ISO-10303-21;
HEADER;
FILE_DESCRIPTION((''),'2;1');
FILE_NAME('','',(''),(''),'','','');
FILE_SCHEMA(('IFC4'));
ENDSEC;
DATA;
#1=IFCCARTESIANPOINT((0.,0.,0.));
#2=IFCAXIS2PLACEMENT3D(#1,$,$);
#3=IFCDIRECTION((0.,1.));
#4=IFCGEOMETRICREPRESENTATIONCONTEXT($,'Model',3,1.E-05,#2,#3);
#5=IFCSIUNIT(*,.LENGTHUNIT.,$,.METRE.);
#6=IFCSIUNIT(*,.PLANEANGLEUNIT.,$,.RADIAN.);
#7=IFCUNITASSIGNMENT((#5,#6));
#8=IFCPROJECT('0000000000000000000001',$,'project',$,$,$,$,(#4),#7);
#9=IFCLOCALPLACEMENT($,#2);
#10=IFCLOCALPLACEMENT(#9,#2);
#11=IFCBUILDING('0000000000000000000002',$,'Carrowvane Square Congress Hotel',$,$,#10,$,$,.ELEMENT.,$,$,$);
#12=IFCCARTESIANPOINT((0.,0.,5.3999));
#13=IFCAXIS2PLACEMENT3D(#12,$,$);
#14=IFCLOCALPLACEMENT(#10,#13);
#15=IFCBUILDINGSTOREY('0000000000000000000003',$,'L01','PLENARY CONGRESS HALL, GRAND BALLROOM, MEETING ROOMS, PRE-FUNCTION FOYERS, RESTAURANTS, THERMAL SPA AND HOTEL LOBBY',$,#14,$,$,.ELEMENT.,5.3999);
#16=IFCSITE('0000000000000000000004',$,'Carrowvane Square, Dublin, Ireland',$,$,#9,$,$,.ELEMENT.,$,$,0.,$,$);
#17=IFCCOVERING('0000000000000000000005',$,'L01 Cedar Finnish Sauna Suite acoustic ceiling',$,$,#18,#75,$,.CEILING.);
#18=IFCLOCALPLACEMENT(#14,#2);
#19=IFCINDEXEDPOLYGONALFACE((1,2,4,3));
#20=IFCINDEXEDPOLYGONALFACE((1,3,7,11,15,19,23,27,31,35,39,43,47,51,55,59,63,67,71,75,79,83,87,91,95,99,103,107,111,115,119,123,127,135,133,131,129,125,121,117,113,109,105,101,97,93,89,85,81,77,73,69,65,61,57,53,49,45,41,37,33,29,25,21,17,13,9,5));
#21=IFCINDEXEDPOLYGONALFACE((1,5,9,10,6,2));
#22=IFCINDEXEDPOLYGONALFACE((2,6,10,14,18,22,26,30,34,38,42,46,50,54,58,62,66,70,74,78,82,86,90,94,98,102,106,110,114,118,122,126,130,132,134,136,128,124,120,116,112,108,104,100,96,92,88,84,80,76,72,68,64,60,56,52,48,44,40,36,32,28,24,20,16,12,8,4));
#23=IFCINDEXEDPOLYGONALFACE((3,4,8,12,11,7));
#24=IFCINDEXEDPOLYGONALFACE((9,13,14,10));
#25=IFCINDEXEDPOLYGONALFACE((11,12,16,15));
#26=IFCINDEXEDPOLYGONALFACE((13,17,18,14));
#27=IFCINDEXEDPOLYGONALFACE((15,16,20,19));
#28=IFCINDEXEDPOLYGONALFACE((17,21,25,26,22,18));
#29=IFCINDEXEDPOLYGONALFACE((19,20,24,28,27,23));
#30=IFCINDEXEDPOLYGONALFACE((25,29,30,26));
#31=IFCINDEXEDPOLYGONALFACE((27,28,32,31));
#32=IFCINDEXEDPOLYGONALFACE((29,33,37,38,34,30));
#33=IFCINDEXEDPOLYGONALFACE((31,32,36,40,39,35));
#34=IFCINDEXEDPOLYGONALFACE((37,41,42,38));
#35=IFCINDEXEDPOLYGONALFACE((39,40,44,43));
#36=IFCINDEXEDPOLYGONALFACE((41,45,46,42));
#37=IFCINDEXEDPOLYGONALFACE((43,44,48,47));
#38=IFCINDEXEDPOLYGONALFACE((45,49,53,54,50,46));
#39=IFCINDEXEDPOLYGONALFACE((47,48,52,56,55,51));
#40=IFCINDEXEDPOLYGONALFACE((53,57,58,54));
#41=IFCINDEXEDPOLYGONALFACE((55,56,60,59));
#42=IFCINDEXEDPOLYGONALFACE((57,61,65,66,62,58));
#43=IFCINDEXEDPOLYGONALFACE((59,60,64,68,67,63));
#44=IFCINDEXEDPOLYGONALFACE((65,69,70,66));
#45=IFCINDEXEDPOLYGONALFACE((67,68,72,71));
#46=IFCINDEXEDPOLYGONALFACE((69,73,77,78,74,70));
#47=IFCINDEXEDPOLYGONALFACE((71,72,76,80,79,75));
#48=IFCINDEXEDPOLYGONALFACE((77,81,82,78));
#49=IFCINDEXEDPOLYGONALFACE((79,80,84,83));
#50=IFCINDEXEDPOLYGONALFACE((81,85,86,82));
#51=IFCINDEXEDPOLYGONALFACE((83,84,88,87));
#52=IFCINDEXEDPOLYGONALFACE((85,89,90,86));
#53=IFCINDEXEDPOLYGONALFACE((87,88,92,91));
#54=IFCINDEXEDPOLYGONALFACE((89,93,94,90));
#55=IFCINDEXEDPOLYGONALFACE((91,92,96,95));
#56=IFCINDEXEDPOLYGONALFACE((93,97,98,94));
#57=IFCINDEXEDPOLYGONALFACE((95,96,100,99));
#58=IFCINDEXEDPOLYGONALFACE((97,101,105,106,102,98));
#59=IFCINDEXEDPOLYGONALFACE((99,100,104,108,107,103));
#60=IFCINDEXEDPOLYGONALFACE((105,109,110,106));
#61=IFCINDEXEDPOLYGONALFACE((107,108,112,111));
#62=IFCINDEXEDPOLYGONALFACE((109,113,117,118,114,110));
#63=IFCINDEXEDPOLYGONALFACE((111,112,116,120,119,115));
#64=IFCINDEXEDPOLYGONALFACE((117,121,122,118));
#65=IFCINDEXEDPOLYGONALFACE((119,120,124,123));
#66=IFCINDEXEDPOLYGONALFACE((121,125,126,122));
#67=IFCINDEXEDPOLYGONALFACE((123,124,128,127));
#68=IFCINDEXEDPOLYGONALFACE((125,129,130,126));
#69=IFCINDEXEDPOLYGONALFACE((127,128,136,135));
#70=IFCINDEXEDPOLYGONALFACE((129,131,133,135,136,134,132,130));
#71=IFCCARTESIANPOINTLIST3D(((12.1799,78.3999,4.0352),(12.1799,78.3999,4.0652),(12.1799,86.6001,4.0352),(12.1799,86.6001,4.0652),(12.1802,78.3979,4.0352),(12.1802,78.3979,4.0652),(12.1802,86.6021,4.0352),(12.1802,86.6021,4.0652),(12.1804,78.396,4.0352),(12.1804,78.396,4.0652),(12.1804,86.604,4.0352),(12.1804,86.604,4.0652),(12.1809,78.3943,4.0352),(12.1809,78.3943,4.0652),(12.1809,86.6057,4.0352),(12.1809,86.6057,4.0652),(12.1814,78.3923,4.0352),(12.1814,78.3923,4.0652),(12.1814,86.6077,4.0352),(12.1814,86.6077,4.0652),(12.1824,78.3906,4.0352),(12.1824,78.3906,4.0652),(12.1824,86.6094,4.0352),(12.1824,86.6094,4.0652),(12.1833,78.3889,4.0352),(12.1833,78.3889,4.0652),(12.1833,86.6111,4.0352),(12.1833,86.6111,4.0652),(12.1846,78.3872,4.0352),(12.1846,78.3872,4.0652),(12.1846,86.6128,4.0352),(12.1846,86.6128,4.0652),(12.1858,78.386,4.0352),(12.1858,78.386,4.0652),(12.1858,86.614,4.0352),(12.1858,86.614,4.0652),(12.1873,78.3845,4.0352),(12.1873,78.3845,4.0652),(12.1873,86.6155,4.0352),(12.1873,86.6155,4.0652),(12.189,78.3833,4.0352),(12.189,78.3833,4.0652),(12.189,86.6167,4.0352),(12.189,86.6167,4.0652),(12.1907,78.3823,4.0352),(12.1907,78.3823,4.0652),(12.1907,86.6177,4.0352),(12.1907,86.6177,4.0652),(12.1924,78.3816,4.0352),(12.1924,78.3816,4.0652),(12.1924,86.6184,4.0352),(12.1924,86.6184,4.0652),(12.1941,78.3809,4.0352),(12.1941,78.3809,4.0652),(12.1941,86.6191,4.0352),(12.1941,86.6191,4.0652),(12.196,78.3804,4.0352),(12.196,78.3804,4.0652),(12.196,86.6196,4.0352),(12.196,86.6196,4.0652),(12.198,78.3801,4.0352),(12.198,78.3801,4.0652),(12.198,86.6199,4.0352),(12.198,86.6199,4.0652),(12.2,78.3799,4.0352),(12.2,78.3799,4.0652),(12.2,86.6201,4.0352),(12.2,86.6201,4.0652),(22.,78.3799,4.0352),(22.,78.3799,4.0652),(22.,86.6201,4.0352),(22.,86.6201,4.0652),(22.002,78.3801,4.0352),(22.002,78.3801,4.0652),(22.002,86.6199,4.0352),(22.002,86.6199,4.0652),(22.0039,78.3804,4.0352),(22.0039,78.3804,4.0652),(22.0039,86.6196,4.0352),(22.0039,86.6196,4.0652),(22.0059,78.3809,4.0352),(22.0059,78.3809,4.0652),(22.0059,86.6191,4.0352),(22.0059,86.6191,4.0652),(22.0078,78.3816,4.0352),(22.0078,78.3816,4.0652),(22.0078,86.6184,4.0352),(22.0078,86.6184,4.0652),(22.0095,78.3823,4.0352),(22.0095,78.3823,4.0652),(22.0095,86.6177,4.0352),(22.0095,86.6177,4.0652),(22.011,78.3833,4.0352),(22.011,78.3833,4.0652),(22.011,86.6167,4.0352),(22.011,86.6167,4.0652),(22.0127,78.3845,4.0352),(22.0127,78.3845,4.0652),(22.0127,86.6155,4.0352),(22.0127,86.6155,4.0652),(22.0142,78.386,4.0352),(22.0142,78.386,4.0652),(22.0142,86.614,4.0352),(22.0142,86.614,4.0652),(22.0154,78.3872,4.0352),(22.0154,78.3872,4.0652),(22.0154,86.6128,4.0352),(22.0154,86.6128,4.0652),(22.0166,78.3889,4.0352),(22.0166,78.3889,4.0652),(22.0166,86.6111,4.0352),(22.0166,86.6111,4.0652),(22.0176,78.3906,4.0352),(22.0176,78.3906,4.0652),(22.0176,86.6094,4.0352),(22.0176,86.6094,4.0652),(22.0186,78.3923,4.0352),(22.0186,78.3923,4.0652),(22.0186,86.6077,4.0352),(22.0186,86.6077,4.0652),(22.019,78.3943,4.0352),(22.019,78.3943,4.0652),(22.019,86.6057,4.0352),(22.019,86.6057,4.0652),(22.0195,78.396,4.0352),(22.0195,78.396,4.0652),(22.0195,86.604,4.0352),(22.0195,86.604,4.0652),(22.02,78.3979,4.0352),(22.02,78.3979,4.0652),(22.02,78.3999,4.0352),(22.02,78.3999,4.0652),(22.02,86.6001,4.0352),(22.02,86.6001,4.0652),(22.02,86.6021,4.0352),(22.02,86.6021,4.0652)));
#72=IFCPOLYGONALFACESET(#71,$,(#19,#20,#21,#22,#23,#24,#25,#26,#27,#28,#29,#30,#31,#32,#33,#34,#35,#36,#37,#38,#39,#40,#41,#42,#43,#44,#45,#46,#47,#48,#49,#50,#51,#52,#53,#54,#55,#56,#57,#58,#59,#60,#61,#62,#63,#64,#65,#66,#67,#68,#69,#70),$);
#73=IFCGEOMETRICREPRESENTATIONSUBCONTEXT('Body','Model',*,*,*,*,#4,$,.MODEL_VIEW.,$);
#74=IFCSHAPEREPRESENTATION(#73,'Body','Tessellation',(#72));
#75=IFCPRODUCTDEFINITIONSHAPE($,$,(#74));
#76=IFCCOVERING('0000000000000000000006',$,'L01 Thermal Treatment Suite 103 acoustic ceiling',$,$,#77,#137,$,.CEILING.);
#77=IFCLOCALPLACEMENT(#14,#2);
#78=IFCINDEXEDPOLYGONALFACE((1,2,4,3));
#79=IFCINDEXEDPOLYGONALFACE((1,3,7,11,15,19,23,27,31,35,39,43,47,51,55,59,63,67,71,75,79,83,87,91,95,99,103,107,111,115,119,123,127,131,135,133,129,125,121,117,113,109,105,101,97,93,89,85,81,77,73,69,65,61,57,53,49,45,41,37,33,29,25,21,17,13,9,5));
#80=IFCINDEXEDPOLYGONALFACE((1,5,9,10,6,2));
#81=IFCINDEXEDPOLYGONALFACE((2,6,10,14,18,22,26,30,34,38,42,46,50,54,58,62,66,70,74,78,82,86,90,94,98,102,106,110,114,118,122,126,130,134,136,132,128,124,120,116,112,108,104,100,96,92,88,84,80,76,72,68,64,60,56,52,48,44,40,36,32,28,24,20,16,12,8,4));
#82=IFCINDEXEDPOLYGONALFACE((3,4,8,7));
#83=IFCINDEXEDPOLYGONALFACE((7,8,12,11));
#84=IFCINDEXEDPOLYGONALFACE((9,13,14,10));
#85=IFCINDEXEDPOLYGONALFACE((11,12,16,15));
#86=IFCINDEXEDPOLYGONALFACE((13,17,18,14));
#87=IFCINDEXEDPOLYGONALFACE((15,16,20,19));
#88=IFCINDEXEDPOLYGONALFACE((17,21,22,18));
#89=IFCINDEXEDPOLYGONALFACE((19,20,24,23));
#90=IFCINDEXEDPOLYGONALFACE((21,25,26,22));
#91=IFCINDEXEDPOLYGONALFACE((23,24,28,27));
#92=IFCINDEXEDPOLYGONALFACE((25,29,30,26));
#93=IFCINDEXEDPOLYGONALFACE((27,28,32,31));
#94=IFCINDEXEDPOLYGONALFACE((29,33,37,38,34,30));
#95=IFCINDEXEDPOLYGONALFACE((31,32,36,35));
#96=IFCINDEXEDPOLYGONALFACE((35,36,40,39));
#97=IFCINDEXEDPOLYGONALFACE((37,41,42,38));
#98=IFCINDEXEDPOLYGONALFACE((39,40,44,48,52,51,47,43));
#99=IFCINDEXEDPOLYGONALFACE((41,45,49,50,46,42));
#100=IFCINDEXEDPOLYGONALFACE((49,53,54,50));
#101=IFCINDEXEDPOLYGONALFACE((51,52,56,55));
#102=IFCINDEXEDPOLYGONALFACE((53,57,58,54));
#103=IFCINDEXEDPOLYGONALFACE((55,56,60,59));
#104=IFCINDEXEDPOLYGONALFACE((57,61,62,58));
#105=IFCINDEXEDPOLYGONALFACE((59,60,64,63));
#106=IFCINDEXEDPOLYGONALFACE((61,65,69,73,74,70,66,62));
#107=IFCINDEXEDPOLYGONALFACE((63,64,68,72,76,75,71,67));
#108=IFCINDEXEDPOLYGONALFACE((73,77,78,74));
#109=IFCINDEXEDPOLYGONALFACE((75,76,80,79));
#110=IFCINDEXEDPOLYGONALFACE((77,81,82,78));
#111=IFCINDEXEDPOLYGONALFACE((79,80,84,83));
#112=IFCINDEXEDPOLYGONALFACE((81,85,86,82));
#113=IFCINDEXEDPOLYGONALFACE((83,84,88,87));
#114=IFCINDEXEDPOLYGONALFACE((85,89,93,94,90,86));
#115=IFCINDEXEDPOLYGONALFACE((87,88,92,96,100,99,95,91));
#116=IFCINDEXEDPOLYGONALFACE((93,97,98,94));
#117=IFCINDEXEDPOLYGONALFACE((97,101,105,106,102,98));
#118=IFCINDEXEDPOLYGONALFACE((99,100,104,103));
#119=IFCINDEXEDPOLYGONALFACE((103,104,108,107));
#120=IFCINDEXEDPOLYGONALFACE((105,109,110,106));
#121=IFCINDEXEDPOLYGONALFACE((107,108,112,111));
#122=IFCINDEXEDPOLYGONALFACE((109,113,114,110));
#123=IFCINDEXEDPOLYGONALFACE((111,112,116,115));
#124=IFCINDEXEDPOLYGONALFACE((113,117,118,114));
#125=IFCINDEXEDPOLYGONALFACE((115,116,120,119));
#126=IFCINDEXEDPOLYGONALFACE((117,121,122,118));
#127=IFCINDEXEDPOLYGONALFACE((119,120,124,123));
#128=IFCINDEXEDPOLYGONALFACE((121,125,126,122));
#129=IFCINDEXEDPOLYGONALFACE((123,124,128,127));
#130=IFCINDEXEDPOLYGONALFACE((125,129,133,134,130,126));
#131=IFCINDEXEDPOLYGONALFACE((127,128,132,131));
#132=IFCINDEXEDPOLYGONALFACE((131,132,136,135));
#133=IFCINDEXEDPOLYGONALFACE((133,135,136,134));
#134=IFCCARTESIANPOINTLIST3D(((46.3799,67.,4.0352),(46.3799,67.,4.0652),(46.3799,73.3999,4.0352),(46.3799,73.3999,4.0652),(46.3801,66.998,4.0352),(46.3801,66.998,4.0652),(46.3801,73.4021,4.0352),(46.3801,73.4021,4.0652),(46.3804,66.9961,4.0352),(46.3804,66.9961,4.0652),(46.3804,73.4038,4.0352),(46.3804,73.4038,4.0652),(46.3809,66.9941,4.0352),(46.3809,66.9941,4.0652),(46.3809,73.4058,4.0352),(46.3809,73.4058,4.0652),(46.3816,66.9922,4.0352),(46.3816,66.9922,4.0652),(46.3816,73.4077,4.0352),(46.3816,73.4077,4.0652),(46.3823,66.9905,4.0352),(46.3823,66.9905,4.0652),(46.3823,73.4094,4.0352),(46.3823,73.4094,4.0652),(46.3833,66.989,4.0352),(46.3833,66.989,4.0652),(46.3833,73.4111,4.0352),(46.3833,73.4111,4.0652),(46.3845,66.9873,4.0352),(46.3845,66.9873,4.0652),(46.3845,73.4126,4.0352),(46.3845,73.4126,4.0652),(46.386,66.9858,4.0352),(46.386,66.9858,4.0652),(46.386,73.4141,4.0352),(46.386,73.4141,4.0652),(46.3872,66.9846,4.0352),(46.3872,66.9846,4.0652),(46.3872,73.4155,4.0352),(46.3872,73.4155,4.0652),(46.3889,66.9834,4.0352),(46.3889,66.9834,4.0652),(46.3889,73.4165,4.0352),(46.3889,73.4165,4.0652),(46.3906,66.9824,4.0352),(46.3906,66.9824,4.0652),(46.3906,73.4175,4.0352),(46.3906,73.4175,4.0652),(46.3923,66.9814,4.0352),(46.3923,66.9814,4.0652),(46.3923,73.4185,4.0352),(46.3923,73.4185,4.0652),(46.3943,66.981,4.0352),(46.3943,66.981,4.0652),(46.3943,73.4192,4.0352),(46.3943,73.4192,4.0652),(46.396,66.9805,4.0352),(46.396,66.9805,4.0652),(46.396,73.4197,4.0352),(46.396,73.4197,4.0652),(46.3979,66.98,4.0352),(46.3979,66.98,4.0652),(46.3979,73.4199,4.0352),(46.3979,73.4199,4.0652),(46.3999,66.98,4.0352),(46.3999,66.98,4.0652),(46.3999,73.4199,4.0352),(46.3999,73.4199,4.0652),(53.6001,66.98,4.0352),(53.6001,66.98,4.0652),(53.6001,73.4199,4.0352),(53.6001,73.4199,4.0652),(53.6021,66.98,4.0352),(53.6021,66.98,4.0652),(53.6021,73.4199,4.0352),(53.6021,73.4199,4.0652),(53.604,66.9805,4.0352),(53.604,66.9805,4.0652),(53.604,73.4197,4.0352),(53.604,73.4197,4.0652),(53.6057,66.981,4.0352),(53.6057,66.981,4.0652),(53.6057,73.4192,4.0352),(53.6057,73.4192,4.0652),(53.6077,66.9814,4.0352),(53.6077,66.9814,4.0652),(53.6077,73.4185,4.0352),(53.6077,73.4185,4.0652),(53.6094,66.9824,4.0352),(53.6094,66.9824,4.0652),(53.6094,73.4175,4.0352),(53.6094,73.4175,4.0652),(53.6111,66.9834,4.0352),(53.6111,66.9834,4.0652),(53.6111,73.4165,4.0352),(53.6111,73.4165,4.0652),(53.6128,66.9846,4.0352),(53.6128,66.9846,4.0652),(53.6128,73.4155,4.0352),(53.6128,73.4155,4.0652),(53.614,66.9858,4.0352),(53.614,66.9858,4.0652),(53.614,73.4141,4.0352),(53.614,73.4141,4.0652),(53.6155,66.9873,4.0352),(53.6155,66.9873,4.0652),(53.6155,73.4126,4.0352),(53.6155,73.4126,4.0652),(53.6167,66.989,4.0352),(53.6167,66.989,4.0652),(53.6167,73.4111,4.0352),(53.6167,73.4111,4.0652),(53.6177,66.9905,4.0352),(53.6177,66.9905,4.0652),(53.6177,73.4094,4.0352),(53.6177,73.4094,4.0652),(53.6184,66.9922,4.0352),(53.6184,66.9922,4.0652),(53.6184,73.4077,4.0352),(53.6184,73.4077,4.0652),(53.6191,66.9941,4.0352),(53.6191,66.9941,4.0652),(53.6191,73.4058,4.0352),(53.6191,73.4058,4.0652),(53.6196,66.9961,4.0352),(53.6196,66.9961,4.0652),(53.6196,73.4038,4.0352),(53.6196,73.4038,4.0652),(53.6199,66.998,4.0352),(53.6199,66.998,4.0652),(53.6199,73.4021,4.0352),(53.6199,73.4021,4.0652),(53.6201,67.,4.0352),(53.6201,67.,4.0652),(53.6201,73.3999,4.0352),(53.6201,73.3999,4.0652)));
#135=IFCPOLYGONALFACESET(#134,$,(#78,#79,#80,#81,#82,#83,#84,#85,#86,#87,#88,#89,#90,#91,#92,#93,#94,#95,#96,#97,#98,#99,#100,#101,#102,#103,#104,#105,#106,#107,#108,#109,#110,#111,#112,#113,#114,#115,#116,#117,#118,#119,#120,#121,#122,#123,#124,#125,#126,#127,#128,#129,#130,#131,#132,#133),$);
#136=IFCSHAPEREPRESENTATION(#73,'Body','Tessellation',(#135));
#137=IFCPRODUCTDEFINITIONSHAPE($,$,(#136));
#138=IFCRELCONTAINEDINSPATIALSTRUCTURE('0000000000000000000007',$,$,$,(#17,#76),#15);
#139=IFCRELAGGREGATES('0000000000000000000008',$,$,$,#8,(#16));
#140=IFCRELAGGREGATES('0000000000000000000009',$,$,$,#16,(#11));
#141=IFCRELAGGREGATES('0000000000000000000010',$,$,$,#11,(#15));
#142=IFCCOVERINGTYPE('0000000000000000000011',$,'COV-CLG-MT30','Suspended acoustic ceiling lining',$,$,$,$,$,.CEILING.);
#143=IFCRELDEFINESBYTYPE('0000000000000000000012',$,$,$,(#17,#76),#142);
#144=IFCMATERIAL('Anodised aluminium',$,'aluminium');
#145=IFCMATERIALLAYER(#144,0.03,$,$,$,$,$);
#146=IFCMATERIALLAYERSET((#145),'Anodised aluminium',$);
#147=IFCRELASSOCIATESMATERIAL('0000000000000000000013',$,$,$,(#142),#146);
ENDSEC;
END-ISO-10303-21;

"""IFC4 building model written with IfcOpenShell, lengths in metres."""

from ifc_helpers import new_model, si_unit, direction, frame, origin, place, context, subcontext, project, spatial, polyline, outline, extrude, material, layer, layer_set, type_object, element, save


model = new_model("IFC4")

# Units and contexts
model_context = context("Model", 3, precision=1e-05, world=origin(), true_north=direction((0.0, 1.0)))
body_context = subcontext(model_context, "Body", "Model", "MODEL_VIEW")
ifc_project = project(units=[si_unit("LENGTHUNIT", "METRE"), si_unit("PLANEANGLEUNIT", "RADIAN")], contexts=[model_context])

# Site, building, storey
site_placement = place(None, origin())
site = spatial("IfcSite", under=ifc_project, at=site_placement, Name="Carrowvane Square, Dublin, Ireland", CompositionType="ELEMENT", RefElevation=0.0)
building_placement = place(site_placement, origin())
building = spatial("IfcBuilding", under=site, at=building_placement, Name="Carrowvane Square Congress Hotel", CompositionType="ELEMENT")
storey_placement = place(building_placement, frame((0.0, 0.0, 5.3999)))
storey = spatial("IfcBuildingStorey", under=building, at=storey_placement, Name="L01", Description="PLENARY CONGRESS HALL, GRAND BALLROOM, MEETING ROOMS, PRE-FUNCTION FOYERS, RESTAURANTS, THERMAL SPA AND HOTEL LOBBY", CompositionType="ELEMENT", Elevation=5.3999)

# Coverings
ifc_material_1 = material(Name="Anodised aluminium", Category="aluminium")
ifc_layer_1 = layer(ifc_material_1, 0.03)
ifc_layer_set_1 = layer_set([ifc_layer_1], Name="Anodised aluminium")
covering_type_1 = type_object("IfcCoveringType", Name="COV-CLG-MT30", Description="Suspended acoustic ceiling lining", PredefinedType="CEILING", material=ifc_layer_set_1)
covering_1_placement = place(storey_placement, frame((0.0, 0.0, 4.0352)))
element("IfcCovering", 1, at=covering_1_placement, inside=storey, type_object=covering_type_1, Name="L01 Cedar Finnish Sauna Suite acoustic ceiling", PredefinedType="CEILING", context=body_context, shape_type="SweptSolid", body=[
    extrude(outline(polyline([(12.1802, 86.6021), (12.1804, 86.604), (12.1809, 86.6057), (12.1814, 86.6077), (12.1824, 86.6094), (12.1833, 86.6111), (12.1846, 86.6128), (12.1858, 86.614), (12.1873, 86.6155), (12.189, 86.6167), (12.1907, 86.6177), (12.1924, 86.6184), (12.1941, 86.6191), (12.196, 86.6196), (12.198, 86.6199), (12.2, 86.6201), (22.0, 86.6201), (22.002, 86.6199), (22.0039, 86.6196), (22.0059, 86.6191), (22.0078, 86.6184), (22.0095, 86.6177), (22.011, 86.6167), (22.0127, 86.6155), (22.0142, 86.614), (22.0154, 86.6128), (22.0166, 86.6111), (22.0176, 86.6094), (22.0186, 86.6077), (22.019, 86.6057), (22.0195, 86.604), (22.02, 86.6021), (22.02, 86.6001), (22.02, 78.3999), (22.02, 78.3979), (22.0195, 78.396), (22.019, 78.3943), (22.0186, 78.3923), (22.0176, 78.3906), (22.0166, 78.3889), (22.0154, 78.3872), (22.0142, 78.386), (22.0127, 78.3845), (22.011, 78.3833), (22.0095, 78.3823), (22.0078, 78.3816), (22.0059, 78.3809), (22.0039, 78.3804), (22.002, 78.3801), (22.0, 78.3799), (12.2, 78.3799), (12.198, 78.3801), (12.196, 78.3804), (12.1941, 78.3809), (12.1924, 78.3816), (12.1907, 78.3823), (12.189, 78.3833), (12.1873, 78.3845), (12.1858, 78.386), (12.1846, 78.3872), (12.1833, 78.3889), (12.1824, 78.3906), (12.1814, 78.3923), (12.1809, 78.3943), (12.1804, 78.396), (12.1802, 78.3979), (12.1799, 78.3999), (12.1799, 86.6001), (12.1802, 86.6021)])), origin(), (0.0, 0.0, 1.0), 0.03),
])
covering_2_placement = place(storey_placement, frame((0.0, 0.0, 4.0352)))
element("IfcCovering", 2, at=covering_2_placement, inside=storey, type_object=covering_type_1, Name="L01 Thermal Treatment Suite 103 acoustic ceiling", PredefinedType="CEILING", context=body_context, shape_type="SweptSolid", body=[
    extrude(outline(polyline([(46.3801, 73.4021), (46.3804, 73.4038), (46.3809, 73.4058), (46.3816, 73.4077), (46.3823, 73.4094), (46.3833, 73.4111), (46.3845, 73.4126), (46.386, 73.4141), (46.3872, 73.4155), (46.3889, 73.4165), (46.3906, 73.4175), (46.3923, 73.4185), (46.3943, 73.4192), (46.396, 73.4197), (46.3979, 73.4199), (46.3999, 73.4199), (53.6001, 73.4199), (53.6021, 73.4199), (53.604, 73.4197), (53.6057, 73.4192), (53.6077, 73.4185), (53.6094, 73.4175), (53.6111, 73.4165), (53.6128, 73.4155), (53.614, 73.4141), (53.6155, 73.4126), (53.6167, 73.4111), (53.6177, 73.4094), (53.6184, 73.4077), (53.6191, 73.4058), (53.6196, 73.4038), (53.6199, 73.4021), (53.6201, 73.3999), (53.6201, 67.0), (53.6199, 66.998), (53.6196, 66.9961), (53.6191, 66.9941), (53.6184, 66.9922), (53.6177, 66.9905), (53.6167, 66.989), (53.6155, 66.9873), (53.614, 66.9858), (53.6128, 66.9846), (53.6111, 66.9834), (53.6094, 66.9824), (53.6077, 66.9814), (53.6057, 66.981), (53.604, 66.9805), (53.6021, 66.98), (53.6001, 66.98), (46.3999, 66.98), (46.3979, 66.98), (46.396, 66.9805), (46.3943, 66.981), (46.3923, 66.9814), (46.3906, 66.9824), (46.3889, 66.9834), (46.3872, 66.9846), (46.386, 66.9858), (46.3845, 66.9873), (46.3833, 66.989), (46.3823, 66.9905), (46.3816, 66.9922), (46.3809, 66.9941), (46.3804, 66.9961), (46.3801, 66.998), (46.3799, 67.0), (46.3799, 73.3999), (46.3801, 73.4021)])), origin(), (0.0, 0.0, 1.0), 0.03),
])

save(model, "model.ifc")
